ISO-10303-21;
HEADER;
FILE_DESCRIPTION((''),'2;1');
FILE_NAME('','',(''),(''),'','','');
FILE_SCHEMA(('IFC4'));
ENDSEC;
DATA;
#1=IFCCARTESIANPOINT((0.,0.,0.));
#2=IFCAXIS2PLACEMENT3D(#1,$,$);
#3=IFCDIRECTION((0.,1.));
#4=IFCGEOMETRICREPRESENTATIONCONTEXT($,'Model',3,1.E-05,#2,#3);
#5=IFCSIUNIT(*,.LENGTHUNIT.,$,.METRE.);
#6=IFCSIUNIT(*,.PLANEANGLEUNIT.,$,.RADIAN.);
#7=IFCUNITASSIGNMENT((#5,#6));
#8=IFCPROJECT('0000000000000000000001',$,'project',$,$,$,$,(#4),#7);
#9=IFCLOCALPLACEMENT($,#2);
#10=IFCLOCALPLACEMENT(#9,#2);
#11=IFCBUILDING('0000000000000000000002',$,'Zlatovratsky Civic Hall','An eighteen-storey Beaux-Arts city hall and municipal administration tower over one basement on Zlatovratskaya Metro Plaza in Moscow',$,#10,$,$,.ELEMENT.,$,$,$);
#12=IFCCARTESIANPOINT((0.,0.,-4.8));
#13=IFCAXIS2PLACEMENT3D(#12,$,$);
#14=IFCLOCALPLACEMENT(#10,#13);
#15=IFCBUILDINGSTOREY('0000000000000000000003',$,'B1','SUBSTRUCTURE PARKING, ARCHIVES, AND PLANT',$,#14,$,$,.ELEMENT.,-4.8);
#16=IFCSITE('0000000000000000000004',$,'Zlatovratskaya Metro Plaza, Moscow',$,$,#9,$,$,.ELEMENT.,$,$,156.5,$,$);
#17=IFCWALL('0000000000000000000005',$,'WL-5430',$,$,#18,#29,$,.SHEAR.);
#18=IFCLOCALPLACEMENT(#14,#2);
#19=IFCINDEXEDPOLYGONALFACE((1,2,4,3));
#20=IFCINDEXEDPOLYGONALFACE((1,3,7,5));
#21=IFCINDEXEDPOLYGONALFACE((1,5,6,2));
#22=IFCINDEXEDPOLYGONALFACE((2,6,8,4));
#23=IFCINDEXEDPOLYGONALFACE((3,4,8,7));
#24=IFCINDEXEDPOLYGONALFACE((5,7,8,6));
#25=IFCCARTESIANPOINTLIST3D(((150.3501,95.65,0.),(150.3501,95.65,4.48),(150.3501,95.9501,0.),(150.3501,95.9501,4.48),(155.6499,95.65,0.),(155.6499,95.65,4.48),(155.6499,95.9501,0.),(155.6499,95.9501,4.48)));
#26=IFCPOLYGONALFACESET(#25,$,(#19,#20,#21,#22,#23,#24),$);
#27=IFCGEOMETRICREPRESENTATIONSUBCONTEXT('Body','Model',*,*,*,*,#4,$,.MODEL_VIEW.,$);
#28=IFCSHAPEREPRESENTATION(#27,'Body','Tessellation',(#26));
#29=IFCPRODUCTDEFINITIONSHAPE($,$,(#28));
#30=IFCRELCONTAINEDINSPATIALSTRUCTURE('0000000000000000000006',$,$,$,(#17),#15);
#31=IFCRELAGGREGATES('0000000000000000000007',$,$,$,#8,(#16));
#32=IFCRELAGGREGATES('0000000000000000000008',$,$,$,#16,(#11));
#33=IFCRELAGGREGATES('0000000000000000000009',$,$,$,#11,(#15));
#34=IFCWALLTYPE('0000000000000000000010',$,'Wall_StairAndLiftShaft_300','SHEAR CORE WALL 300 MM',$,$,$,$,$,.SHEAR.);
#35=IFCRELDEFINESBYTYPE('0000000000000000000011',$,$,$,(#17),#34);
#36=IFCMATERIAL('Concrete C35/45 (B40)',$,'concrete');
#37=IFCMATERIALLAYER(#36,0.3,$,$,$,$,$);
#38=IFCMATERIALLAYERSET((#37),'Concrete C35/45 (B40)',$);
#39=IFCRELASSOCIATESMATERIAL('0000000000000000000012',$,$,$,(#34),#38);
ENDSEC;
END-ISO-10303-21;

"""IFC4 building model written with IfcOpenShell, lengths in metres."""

from ifc_helpers import new_model, si_unit, direction, frame, frame_2d, origin, place, context, subcontext, project, spatial, rectangle, extrude, material, layer, layer_set, type_object, element, save


model = new_model("IFC4")

# Units and contexts
model_context = context("Model", 3, precision=1e-05, world=origin(), true_north=direction((0.0, 1.0)))
body_context = subcontext(model_context, "Body", "Model", "MODEL_VIEW")
ifc_project = project(units=[si_unit("LENGTHUNIT", "METRE"), si_unit("PLANEANGLEUNIT", "RADIAN")], contexts=[model_context])

# Site, building, storey
site_placement = place(None, origin())
site = spatial("IfcSite", under=ifc_project, at=site_placement, Name="Zlatovratskaya Metro Plaza, Moscow", CompositionType="ELEMENT", RefElevation=156.5)
building_placement = place(site_placement, origin())
building = spatial("IfcBuilding", under=site, at=building_placement, Name="Zlatovratsky Civic Hall", Description="An eighteen-storey Beaux-Arts city hall and municipal administration tower over one basement on Zlatovratskaya Metro Plaza in Moscow", CompositionType="ELEMENT")
storey_placement = place(building_placement, frame((0.0, 0.0, -4.8)))
storey = spatial("IfcBuildingStorey", under=building, at=storey_placement, Name="B1", Description="SUBSTRUCTURE PARKING, ARCHIVES, AND PLANT", CompositionType="ELEMENT", Elevation=-4.8)

# Shared definitions
ifc_material_1 = material(Name="Concrete C35/45 (B40)", Category="concrete")

# Wall
ifc_layer_1 = layer(ifc_material_1, 0.3)
ifc_layer_set_1 = layer_set([ifc_layer_1], Name="Concrete C35/45 (B40)")
wall_type_1 = type_object("IfcWallType", Name="Wall_StairAndLiftShaft_300", Description="SHEAR CORE WALL 300 MM", PredefinedType="SHEAR", material=ifc_layer_set_1)
wall_1_placement = place(storey_placement, frame((150.3501, 95.8, 0.0), z_axis=(0.0, 0.0, 1.0), x_axis=(1.0, 0.0, 0.0)))
element("IfcWall", 1, at=wall_1_placement, inside=storey, type_object=wall_type_1, Name="WL-5430", PredefinedType="SHEAR", context=body_context, shape_type="SweptSolid", body=[
    extrude(rectangle(XDim=5.2998, YDim=0.3, at=frame_2d((2.6499, 0.0))), origin(), (0.0, 0.0, 1.0), 4.48),
])

save(model, "model.ifc")
